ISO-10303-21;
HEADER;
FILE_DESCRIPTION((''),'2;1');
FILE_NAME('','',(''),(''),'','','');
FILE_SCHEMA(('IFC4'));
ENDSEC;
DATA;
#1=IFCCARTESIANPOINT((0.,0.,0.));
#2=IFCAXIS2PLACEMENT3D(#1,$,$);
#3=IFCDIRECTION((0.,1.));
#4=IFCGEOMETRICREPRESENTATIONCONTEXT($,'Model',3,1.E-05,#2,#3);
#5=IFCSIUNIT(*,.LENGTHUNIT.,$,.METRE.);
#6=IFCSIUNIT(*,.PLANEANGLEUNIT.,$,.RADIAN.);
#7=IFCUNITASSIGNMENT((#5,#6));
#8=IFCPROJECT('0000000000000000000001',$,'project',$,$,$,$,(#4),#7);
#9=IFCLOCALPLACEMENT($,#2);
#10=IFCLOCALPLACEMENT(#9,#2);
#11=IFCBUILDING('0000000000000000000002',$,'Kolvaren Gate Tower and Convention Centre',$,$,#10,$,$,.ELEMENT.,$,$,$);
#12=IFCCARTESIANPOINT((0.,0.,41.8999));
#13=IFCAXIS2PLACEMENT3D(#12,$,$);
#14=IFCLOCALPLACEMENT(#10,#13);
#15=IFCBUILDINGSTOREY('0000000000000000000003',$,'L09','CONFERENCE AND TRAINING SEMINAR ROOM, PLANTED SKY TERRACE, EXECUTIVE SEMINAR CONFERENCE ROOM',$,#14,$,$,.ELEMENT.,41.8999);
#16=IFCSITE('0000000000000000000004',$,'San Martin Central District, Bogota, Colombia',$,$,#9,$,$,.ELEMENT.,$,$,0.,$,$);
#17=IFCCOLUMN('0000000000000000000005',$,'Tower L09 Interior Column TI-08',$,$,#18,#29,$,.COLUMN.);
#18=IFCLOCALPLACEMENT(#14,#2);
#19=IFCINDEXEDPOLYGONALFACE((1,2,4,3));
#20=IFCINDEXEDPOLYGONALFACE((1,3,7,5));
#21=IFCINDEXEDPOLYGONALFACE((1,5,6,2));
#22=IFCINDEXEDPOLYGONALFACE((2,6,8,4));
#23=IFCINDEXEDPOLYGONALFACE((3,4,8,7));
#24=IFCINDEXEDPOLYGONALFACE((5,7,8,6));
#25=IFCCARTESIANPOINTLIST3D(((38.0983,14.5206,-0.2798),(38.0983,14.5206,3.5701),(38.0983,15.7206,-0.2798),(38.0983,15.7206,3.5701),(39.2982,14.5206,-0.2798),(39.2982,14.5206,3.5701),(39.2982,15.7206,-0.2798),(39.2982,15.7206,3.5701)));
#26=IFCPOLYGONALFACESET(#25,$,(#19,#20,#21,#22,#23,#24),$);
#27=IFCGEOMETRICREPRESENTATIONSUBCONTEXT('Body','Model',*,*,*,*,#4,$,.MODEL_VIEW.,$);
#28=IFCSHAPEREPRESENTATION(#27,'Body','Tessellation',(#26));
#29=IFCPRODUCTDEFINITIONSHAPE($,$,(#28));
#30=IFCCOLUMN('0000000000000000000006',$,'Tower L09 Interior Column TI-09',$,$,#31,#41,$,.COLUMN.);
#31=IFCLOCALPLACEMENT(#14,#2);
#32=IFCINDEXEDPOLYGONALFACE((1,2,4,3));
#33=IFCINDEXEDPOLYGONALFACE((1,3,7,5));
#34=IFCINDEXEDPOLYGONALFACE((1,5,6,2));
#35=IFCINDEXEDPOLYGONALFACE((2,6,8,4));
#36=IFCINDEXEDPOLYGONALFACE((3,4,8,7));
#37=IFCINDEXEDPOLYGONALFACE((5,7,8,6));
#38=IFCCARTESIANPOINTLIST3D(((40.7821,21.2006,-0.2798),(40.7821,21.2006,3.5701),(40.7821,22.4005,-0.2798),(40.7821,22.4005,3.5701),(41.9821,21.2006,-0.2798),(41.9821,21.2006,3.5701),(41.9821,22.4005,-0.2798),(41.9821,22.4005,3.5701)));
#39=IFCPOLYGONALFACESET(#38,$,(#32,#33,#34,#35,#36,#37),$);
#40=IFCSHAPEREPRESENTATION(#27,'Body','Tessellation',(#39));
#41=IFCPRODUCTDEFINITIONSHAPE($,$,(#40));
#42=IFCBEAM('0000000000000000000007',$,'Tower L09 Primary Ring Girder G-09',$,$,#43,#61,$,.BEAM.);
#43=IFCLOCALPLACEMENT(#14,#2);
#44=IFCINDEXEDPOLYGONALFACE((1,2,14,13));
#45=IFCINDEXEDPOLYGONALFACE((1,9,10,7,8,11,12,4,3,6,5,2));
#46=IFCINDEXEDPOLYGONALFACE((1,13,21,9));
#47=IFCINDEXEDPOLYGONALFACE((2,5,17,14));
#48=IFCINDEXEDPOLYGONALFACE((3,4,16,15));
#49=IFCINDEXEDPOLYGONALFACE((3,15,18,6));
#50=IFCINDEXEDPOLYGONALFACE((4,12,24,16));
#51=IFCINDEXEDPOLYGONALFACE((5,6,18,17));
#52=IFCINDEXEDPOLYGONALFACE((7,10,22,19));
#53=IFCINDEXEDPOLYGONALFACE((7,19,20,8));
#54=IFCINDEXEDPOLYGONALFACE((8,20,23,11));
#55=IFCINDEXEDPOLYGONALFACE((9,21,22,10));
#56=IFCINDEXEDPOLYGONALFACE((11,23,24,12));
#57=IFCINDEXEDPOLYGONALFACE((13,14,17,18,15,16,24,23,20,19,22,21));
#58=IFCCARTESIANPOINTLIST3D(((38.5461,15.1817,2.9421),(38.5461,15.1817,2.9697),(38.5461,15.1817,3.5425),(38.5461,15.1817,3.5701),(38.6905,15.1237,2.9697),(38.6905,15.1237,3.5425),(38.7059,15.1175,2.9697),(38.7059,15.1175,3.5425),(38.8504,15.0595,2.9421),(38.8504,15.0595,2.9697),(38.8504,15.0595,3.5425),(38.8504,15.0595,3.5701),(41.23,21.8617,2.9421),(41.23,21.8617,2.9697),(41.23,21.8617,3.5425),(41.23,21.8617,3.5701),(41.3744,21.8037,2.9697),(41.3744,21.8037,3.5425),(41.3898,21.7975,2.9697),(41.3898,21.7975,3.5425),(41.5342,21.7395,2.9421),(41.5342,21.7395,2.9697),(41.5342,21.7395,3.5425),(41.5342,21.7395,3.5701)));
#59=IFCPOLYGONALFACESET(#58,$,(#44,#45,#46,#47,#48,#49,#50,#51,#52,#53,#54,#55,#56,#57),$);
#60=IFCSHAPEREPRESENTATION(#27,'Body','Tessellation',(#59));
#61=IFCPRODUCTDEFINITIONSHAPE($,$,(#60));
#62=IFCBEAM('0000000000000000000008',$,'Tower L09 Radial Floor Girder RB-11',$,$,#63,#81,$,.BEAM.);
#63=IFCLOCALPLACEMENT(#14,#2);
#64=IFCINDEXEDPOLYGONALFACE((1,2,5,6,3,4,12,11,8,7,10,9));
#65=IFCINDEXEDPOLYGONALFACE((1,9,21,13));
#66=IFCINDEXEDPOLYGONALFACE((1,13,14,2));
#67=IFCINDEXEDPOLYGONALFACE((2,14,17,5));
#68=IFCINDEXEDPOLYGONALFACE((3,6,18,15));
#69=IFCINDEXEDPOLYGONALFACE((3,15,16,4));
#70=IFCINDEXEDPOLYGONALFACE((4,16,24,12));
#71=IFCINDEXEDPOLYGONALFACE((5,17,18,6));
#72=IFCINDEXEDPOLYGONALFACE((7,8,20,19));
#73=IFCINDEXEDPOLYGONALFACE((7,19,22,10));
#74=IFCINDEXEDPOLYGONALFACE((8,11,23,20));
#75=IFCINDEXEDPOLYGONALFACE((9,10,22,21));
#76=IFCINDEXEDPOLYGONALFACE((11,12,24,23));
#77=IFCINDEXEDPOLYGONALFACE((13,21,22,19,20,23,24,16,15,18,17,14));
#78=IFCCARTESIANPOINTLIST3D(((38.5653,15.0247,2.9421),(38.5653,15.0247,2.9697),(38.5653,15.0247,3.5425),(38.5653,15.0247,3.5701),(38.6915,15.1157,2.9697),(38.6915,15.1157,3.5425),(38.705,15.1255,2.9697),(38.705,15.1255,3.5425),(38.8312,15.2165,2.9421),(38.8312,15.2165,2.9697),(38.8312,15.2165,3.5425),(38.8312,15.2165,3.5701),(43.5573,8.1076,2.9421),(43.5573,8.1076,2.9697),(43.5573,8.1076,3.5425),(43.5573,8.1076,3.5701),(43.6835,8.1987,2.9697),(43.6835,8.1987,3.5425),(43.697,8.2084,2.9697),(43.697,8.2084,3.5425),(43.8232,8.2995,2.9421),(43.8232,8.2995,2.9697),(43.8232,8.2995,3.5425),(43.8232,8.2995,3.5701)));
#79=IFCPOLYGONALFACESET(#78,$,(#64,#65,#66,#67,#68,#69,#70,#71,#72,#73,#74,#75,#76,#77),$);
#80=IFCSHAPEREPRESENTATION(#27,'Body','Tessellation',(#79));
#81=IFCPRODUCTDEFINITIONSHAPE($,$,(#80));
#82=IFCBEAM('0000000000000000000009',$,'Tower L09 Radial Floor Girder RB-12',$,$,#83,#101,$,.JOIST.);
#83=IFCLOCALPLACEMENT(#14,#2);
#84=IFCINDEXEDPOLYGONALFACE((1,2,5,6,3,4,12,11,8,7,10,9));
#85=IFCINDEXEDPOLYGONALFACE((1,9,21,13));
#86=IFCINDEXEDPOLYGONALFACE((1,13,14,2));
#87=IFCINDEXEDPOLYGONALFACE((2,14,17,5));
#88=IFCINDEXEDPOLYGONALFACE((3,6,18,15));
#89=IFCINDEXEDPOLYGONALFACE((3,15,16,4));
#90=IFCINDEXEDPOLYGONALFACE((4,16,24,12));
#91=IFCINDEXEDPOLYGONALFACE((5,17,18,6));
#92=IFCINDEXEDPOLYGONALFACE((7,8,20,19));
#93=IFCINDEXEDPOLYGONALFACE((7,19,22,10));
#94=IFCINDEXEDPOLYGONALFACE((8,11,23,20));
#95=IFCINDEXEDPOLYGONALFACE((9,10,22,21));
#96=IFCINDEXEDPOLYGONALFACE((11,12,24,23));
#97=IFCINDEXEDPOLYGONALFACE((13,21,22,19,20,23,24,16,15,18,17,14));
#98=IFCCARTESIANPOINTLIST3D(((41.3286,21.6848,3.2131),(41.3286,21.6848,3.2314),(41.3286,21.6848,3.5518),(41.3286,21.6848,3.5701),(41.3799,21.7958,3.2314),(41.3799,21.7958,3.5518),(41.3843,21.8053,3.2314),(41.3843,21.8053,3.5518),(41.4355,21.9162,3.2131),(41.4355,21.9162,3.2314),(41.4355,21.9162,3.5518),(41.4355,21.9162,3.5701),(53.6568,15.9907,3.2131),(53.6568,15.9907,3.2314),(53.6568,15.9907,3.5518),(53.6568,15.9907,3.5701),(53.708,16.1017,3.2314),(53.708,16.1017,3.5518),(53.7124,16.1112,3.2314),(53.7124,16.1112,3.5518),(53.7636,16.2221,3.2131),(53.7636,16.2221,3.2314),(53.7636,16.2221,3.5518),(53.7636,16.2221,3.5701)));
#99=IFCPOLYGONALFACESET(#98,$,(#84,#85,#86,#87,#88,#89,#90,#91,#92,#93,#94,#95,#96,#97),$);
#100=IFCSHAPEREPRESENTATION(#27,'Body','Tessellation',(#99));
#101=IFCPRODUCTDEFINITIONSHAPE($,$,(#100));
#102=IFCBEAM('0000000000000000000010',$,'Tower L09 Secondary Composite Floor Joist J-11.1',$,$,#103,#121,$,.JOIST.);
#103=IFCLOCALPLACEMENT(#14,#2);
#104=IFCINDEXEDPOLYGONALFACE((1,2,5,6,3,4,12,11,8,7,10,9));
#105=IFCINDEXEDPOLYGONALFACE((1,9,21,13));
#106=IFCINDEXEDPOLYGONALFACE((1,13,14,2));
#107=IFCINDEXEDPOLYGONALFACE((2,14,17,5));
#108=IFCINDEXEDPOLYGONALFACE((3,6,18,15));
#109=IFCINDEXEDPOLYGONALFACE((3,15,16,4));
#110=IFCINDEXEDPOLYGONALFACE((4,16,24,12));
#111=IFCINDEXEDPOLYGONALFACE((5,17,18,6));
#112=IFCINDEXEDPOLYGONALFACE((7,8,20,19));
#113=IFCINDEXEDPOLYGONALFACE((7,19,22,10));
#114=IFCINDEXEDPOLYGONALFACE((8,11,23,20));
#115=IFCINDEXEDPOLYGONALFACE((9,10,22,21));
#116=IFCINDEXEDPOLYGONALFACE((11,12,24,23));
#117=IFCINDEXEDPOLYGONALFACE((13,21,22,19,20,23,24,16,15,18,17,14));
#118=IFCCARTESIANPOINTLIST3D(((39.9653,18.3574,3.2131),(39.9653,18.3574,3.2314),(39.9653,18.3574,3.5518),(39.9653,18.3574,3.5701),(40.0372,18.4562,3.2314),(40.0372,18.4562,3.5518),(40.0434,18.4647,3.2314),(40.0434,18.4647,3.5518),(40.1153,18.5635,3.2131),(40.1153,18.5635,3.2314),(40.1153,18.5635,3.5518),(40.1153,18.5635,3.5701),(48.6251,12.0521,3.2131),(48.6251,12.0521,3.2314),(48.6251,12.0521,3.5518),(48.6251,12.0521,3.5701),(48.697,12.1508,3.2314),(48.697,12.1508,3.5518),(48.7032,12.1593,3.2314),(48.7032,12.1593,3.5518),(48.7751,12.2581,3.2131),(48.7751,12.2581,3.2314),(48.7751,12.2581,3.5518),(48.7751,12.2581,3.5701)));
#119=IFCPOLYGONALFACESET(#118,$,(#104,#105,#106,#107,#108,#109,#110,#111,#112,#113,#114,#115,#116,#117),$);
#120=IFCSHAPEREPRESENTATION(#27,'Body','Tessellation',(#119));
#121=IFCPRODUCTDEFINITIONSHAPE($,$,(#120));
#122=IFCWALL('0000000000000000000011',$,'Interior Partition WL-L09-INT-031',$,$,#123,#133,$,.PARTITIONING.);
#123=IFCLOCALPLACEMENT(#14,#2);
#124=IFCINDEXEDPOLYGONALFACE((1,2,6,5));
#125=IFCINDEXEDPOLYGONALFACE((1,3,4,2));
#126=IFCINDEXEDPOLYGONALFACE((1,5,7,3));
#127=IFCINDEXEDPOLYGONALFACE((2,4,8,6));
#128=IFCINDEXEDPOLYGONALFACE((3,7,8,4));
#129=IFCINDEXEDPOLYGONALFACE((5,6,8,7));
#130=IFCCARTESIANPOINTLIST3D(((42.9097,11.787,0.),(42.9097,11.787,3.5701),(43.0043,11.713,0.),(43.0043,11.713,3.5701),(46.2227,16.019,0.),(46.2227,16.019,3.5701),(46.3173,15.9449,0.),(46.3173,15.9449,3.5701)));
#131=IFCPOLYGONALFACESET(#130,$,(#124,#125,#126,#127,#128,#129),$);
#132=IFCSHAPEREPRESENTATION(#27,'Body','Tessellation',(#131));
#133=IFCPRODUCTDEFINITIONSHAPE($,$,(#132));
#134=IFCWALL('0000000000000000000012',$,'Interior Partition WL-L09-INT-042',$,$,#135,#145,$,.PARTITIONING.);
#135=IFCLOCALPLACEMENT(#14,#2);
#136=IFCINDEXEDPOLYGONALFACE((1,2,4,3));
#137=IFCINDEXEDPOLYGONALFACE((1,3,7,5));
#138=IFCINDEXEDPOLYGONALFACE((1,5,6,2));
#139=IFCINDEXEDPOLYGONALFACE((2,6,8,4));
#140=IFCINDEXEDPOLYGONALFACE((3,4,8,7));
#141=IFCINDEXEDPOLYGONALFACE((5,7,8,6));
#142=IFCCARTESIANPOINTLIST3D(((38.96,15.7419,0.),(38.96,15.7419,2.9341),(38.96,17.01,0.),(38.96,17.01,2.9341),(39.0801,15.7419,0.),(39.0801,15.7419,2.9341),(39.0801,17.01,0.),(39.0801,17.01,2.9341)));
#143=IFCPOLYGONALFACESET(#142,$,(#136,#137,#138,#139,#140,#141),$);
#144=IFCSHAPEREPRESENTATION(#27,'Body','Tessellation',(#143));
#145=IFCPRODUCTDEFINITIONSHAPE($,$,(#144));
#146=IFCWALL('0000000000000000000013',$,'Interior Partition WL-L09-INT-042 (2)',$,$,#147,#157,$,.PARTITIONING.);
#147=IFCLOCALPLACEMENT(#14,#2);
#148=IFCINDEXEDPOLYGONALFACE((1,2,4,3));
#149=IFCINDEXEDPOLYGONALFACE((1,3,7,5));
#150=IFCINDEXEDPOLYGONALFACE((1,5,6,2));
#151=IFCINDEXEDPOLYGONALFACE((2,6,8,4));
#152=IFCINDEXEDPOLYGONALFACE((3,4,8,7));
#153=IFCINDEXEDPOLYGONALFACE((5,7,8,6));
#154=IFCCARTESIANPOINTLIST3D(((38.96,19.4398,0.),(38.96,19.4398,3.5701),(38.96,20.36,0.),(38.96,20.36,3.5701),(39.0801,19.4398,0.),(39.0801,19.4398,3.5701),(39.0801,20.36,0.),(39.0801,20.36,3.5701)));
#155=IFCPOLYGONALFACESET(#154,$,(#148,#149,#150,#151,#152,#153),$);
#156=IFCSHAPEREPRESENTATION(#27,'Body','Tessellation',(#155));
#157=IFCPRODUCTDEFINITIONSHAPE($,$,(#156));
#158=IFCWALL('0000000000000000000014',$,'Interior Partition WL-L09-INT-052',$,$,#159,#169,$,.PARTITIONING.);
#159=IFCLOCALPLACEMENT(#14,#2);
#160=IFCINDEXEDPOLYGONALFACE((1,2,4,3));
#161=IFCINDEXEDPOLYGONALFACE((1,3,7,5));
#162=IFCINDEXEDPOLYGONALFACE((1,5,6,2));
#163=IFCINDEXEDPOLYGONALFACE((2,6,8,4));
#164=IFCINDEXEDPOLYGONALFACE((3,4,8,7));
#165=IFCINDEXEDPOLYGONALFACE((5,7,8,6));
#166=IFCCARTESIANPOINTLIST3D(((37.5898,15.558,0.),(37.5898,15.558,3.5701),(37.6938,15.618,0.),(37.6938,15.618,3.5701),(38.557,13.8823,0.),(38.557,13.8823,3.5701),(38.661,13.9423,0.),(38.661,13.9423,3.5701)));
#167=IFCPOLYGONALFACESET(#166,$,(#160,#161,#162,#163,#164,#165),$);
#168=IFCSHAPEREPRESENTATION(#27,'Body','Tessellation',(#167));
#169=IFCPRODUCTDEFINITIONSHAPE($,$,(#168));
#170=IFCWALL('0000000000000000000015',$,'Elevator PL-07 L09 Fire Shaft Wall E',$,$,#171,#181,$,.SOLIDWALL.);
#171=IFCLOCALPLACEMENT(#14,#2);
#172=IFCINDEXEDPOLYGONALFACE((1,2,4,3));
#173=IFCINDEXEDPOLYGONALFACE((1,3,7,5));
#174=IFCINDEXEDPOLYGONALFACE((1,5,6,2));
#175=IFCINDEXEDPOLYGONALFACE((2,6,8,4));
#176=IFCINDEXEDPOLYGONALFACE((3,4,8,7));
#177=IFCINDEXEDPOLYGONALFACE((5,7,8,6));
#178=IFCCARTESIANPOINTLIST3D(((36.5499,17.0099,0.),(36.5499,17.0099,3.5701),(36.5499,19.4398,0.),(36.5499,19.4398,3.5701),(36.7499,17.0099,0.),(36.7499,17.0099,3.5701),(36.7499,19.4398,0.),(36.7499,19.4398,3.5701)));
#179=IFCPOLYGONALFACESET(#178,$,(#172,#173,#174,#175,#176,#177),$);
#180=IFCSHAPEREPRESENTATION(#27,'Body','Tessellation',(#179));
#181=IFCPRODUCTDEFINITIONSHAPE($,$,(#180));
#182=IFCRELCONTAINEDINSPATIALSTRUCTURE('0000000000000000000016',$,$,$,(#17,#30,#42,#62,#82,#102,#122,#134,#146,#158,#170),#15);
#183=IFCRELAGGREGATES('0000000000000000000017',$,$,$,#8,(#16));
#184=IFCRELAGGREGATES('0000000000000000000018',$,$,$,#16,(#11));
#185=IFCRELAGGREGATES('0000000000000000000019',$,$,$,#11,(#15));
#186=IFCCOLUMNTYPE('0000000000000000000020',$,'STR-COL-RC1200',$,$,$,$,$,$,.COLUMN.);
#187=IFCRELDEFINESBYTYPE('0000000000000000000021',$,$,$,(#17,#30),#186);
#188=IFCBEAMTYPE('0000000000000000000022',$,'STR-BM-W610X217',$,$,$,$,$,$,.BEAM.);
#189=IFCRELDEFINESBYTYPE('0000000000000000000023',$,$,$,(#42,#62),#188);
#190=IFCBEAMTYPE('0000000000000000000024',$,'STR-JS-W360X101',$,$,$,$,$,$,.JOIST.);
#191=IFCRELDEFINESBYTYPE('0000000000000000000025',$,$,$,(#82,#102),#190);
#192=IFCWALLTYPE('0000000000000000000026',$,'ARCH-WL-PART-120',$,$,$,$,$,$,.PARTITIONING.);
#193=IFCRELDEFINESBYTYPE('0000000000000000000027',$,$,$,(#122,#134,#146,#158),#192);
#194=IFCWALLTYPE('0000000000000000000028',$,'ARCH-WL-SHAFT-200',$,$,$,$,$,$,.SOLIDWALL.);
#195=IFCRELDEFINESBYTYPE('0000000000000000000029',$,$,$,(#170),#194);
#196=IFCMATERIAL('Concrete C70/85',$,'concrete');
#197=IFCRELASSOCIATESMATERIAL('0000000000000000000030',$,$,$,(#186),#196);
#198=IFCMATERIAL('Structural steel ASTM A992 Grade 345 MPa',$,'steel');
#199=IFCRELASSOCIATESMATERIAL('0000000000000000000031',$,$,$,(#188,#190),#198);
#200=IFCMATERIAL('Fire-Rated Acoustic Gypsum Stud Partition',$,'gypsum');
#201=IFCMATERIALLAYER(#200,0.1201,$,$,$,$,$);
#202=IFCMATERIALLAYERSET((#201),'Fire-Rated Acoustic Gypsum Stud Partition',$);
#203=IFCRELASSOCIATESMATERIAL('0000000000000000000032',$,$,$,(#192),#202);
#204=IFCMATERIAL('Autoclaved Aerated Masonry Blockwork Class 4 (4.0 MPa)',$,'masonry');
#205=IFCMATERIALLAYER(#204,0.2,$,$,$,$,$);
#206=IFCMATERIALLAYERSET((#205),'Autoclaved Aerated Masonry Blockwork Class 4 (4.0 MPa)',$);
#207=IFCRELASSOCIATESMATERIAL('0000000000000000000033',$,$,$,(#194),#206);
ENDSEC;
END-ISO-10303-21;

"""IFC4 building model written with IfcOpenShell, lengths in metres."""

from ifc_helpers import new_model, si_unit, direction, frame, frame_2d, origin, origin_2d, place, context, subcontext, project, spatial, rectangle, i_section, extrude, material, layer, layer_set, material_profile, profile_set, type_object, element, save


model = new_model("IFC4")

# Units and contexts
model_context = context("Model", 3, precision=1e-05, world=origin(), true_north=direction((0.0, 1.0)))
body_context = subcontext(model_context, "Body", "Model", "MODEL_VIEW")
ifc_project = project(units=[si_unit("LENGTHUNIT", "METRE"), si_unit("PLANEANGLEUNIT", "RADIAN")], contexts=[model_context])

# Site, building, storey
site_placement = place(None, origin())
site = spatial("IfcSite", under=ifc_project, at=site_placement, Name="San Martin Central District, Bogota, Colombia", CompositionType="ELEMENT", RefElevation=0.0)
building_placement = place(site_placement, origin())
building = spatial("IfcBuilding", under=site, at=building_placement, Name="Kolvaren Gate Tower and Convention Centre", CompositionType="ELEMENT")
storey_placement = place(building_placement, frame((0.0, 0.0, 41.8999)))
storey = spatial("IfcBuildingStorey", under=building, at=storey_placement, Name="L09", Description="CONFERENCE AND TRAINING SEMINAR ROOM, PLANTED SKY TERRACE, EXECUTIVE SEMINAR CONFERENCE ROOM", CompositionType="ELEMENT", Elevation=41.8999)

# Columns
ifc_material_1 = material(Name="Concrete C70/85", Category="concrete")
ifc_material_profile_1 = material_profile(ifc_material_1, rectangle(XDim=1.2, YDim=1.2, at=origin_2d()), Name="RC-COL-1200X1200")
ifc_profile_set_1 = profile_set([ifc_material_profile_1], Name="Concrete C70/85")
column_type = type_object("IfcColumnType", Name="STR-COL-RC1200", PredefinedType="COLUMN", material=ifc_profile_set_1)
for number, where, z_axis, x_axis, name in (
    (1, (38.6982, 15.1206, -0.2798), (0.0, 0.0, 1.0), (1.0, 0.0, 0.0), "Tower L09 Interior Column TI-08"),
    (2, (41.3821, 21.8005, -0.2798), (0.0, 0.0, 1.0), (1.0, 0.0, 0.0), "Tower L09 Interior Column TI-09"),
):
    element("IfcColumn", number, at=place(storey_placement, frame(where, z_axis=z_axis, x_axis=x_axis)), inside=storey, type_object=column_type, Name=name, PredefinedType="COLUMN", context=body_context, shape_type="SweptSolid", body=[
        extrude(rectangle(XDim=1.2, YDim=1.2, at=origin_2d()), origin(), (0.0, 0.0, 1.0), 3.8499),
    ])

# Beams
ifc_material_2 = material(Name="Structural steel ASTM A992 Grade 345 MPa", Category="steel")
ifc_material_profile_2 = material_profile(ifc_material_2, i_section(OverallWidth=0.3279, OverallDepth=0.6279, WebThickness=0.0166, FlangeThickness=0.0276, at=origin_2d()), Name="W610X217")
ifc_profile_set_2 = profile_set([ifc_material_profile_2], Name="Structural steel ASTM A992 Grade 345 MPa")
beam_type_1 = type_object("IfcBeamType", Name="STR-BM-W610X217", PredefinedType="BEAM", material=ifc_profile_set_2)
beam_1_placement = place(storey_placement, frame((38.6982, 15.1206, 3.2561), z_axis=(0.372811, 0.927907, 0.0), x_axis=(-0.927907, 0.372811, 0.0)))
element("IfcBeam", 3, at=beam_1_placement, inside=storey, type_object=beam_type_1, Name="Tower L09 Primary Ring Girder G-09", PredefinedType="BEAM", context=body_context, shape_type="SweptSolid", body=[
    extrude(i_section(OverallWidth=0.3279, OverallDepth=0.6279, WebThickness=0.0166, FlangeThickness=0.0276, at=origin_2d()), origin(), (0.0, 0.0, 1.0), 7.199),
])
beam_2_placement = place(storey_placement, frame((38.6982, 15.1206, 3.2561), z_axis=(0.585208, -0.810883, 0.0), x_axis=(0.810883, 0.585208, 0.0)))
element("IfcBeam", 4, at=beam_2_placement, inside=storey, type_object=beam_type_1, Name="Tower L09 Radial Floor Girder RB-11", PredefinedType="BEAM", context=body_context, shape_type="SweptSolid", body=[
    extrude(i_section(OverallWidth=0.3279, OverallDepth=0.6279, WebThickness=0.0166, FlangeThickness=0.0276, at=origin_2d()), origin(), (0.0, 0.0, 1.0), 8.5303),
])
ifc_material_profile_3 = material_profile(ifc_material_2, i_section(OverallWidth=0.2549, OverallDepth=0.3569, WebThickness=0.0105, FlangeThickness=0.0183, at=origin_2d()), Name="W360X101")
ifc_profile_set_3 = profile_set([ifc_material_profile_3], Name="Structural steel ASTM A992 Grade 345 MPa")
beam_type_2 = type_object("IfcBeamType", Name="STR-JS-W360X101", PredefinedType="JOIST", material=ifc_profile_set_3)
beam_3_placement = place(storey_placement, frame((41.3821, 21.8005, 3.3916), z_axis=(0.907842, -0.419312, 0.0), x_axis=(0.419312, 0.907842, 0.0)))
element("IfcBeam", 5, at=beam_3_placement, inside=storey, type_object=beam_type_2, Name="Tower L09 Radial Floor Girder RB-12", PredefinedType="JOIST", context=body_context, shape_type="SweptSolid", body=[
    extrude(i_section(OverallWidth=0.2549, OverallDepth=0.3569, WebThickness=0.0105, FlangeThickness=0.0183, at=origin_2d()), origin(), (0.0, 0.0, 1.0), 13.5796),
])
beam_4_placement = place(storey_placement, frame((40.0403, 18.4604, 3.3916), z_axis=(0.808412, -0.588617, 0.0), x_axis=(0.588617, 0.808412, 0.0)))
element("IfcBeam", 6, at=beam_4_placement, inside=storey, type_object=beam_type_2, Name="Tower L09 Secondary Composite Floor Joist J-11.1", PredefinedType="JOIST", context=body_context, shape_type="SweptSolid", body=[
    extrude(i_section(OverallWidth=0.2549, OverallDepth=0.3569, WebThickness=0.0105, FlangeThickness=0.0183, at=origin_2d()), origin(), (0.0, 0.0, 1.0), 10.7122),
])

# Walls
ifc_material_3 = material(Name="Fire-Rated Acoustic Gypsum Stud Partition", Category="gypsum")
ifc_layer_1 = layer(ifc_material_3, 0.1201)
ifc_layer_set_1 = layer_set([ifc_layer_1], Name="Fire-Rated Acoustic Gypsum Stud Partition")
wall_type_1 = type_object("IfcWallType", Name="ARCH-WL-PART-120", PredefinedType="PARTITIONING", material=ifc_layer_set_1)
wall_1_placement = place(storey_placement, frame((42.957, 11.75, 0.0), z_axis=(0.0, 0.0, 1.0), x_axis=(0.616428, 0.787411, 0.0)))
element("IfcWall", 7, at=wall_1_placement, inside=storey, type_object=wall_type_1, Name="Interior Partition WL-L09-INT-031", PredefinedType="PARTITIONING", context=body_context, shape_type="SweptSolid", body=[
    extrude(rectangle(XDim=5.3745, YDim=0.1201, at=frame_2d((2.6873, 0.0))), origin(), (0.0, 0.0, 1.0), 3.5701),
])
wall_2_placement = place(storey_placement, frame((39.02, 15.7419, 0.0), z_axis=(0.0, 0.0, 1.0), x_axis=(0.0, 1.0, 0.0)))
element("IfcWall", 8, at=wall_2_placement, inside=storey, type_object=wall_type_1, Name="Interior Partition WL-L09-INT-042", PredefinedType="PARTITIONING", context=body_context, shape_type="SweptSolid", body=[
    extrude(rectangle(XDim=1.2681, YDim=0.1201, at=frame_2d((0.634, 0.0))), origin(), (0.0, 0.0, 1.0), 2.9341),
])
wall_3_placement = place(storey_placement, frame((39.02, 19.4399, 0.0), z_axis=(0.0, 0.0, 1.0), x_axis=(0.0, 1.0, 0.0)))
element("IfcWall", 9, at=wall_3_placement, inside=storey, type_object=wall_type_1, Name="Interior Partition WL-L09-INT-042 (2)", PredefinedType="PARTITIONING", context=body_context, shape_type="SweptSolid", body=[
    extrude(rectangle(XDim=0.9202, YDim=0.1201, at=frame_2d((0.46, 0.0))), origin(), (0.0, 0.0, 1.0), 3.5701),
])
wall_4_placement = place(storey_placement, frame((37.6418, 15.5879, 0.0), z_axis=(0.0, 0.0, 1.0), x_axis=(0.499912, -0.866076, 0.0)))
element("IfcWall", 10, at=wall_4_placement, inside=storey, type_object=wall_type_1, Name="Interior Partition WL-L09-INT-052", PredefinedType="PARTITIONING", context=body_context, shape_type="SweptSolid", body=[
    extrude(rectangle(XDim=1.9348, YDim=0.1201, at=frame_2d((0.9673, 0.0))), origin(), (0.0, 0.0, 1.0), 3.5701),
])
ifc_material_4 = material(Name="Autoclaved Aerated Masonry Blockwork Class 4 (4.0 MPa)", Category="masonry")
ifc_layer_2 = layer(ifc_material_4, 0.2)
ifc_layer_set_2 = layer_set([ifc_layer_2], Name="Autoclaved Aerated Masonry Blockwork Class 4 (4.0 MPa)")
wall_type_2 = type_object("IfcWallType", Name="ARCH-WL-SHAFT-200", PredefinedType="SOLIDWALL", material=ifc_layer_set_2)
wall_5_placement = place(storey_placement, frame((36.6499, 17.01, 0.0), z_axis=(0.0, 0.0, 1.0), x_axis=(0.0, 1.0, 0.0)))
element("IfcWall", 11, at=wall_5_placement, inside=storey, type_object=wall_type_2, Name="Elevator PL-07 L09 Fire Shaft Wall E", PredefinedType="SOLIDWALL", context=body_context, shape_type="SweptSolid", body=[
    extrude(rectangle(XDim=2.4299, YDim=0.2, at=frame_2d((1.2148, 0.0))), origin(), (0.0, 0.0, 1.0), 3.5701),
])

save(model, "model.ifc")
